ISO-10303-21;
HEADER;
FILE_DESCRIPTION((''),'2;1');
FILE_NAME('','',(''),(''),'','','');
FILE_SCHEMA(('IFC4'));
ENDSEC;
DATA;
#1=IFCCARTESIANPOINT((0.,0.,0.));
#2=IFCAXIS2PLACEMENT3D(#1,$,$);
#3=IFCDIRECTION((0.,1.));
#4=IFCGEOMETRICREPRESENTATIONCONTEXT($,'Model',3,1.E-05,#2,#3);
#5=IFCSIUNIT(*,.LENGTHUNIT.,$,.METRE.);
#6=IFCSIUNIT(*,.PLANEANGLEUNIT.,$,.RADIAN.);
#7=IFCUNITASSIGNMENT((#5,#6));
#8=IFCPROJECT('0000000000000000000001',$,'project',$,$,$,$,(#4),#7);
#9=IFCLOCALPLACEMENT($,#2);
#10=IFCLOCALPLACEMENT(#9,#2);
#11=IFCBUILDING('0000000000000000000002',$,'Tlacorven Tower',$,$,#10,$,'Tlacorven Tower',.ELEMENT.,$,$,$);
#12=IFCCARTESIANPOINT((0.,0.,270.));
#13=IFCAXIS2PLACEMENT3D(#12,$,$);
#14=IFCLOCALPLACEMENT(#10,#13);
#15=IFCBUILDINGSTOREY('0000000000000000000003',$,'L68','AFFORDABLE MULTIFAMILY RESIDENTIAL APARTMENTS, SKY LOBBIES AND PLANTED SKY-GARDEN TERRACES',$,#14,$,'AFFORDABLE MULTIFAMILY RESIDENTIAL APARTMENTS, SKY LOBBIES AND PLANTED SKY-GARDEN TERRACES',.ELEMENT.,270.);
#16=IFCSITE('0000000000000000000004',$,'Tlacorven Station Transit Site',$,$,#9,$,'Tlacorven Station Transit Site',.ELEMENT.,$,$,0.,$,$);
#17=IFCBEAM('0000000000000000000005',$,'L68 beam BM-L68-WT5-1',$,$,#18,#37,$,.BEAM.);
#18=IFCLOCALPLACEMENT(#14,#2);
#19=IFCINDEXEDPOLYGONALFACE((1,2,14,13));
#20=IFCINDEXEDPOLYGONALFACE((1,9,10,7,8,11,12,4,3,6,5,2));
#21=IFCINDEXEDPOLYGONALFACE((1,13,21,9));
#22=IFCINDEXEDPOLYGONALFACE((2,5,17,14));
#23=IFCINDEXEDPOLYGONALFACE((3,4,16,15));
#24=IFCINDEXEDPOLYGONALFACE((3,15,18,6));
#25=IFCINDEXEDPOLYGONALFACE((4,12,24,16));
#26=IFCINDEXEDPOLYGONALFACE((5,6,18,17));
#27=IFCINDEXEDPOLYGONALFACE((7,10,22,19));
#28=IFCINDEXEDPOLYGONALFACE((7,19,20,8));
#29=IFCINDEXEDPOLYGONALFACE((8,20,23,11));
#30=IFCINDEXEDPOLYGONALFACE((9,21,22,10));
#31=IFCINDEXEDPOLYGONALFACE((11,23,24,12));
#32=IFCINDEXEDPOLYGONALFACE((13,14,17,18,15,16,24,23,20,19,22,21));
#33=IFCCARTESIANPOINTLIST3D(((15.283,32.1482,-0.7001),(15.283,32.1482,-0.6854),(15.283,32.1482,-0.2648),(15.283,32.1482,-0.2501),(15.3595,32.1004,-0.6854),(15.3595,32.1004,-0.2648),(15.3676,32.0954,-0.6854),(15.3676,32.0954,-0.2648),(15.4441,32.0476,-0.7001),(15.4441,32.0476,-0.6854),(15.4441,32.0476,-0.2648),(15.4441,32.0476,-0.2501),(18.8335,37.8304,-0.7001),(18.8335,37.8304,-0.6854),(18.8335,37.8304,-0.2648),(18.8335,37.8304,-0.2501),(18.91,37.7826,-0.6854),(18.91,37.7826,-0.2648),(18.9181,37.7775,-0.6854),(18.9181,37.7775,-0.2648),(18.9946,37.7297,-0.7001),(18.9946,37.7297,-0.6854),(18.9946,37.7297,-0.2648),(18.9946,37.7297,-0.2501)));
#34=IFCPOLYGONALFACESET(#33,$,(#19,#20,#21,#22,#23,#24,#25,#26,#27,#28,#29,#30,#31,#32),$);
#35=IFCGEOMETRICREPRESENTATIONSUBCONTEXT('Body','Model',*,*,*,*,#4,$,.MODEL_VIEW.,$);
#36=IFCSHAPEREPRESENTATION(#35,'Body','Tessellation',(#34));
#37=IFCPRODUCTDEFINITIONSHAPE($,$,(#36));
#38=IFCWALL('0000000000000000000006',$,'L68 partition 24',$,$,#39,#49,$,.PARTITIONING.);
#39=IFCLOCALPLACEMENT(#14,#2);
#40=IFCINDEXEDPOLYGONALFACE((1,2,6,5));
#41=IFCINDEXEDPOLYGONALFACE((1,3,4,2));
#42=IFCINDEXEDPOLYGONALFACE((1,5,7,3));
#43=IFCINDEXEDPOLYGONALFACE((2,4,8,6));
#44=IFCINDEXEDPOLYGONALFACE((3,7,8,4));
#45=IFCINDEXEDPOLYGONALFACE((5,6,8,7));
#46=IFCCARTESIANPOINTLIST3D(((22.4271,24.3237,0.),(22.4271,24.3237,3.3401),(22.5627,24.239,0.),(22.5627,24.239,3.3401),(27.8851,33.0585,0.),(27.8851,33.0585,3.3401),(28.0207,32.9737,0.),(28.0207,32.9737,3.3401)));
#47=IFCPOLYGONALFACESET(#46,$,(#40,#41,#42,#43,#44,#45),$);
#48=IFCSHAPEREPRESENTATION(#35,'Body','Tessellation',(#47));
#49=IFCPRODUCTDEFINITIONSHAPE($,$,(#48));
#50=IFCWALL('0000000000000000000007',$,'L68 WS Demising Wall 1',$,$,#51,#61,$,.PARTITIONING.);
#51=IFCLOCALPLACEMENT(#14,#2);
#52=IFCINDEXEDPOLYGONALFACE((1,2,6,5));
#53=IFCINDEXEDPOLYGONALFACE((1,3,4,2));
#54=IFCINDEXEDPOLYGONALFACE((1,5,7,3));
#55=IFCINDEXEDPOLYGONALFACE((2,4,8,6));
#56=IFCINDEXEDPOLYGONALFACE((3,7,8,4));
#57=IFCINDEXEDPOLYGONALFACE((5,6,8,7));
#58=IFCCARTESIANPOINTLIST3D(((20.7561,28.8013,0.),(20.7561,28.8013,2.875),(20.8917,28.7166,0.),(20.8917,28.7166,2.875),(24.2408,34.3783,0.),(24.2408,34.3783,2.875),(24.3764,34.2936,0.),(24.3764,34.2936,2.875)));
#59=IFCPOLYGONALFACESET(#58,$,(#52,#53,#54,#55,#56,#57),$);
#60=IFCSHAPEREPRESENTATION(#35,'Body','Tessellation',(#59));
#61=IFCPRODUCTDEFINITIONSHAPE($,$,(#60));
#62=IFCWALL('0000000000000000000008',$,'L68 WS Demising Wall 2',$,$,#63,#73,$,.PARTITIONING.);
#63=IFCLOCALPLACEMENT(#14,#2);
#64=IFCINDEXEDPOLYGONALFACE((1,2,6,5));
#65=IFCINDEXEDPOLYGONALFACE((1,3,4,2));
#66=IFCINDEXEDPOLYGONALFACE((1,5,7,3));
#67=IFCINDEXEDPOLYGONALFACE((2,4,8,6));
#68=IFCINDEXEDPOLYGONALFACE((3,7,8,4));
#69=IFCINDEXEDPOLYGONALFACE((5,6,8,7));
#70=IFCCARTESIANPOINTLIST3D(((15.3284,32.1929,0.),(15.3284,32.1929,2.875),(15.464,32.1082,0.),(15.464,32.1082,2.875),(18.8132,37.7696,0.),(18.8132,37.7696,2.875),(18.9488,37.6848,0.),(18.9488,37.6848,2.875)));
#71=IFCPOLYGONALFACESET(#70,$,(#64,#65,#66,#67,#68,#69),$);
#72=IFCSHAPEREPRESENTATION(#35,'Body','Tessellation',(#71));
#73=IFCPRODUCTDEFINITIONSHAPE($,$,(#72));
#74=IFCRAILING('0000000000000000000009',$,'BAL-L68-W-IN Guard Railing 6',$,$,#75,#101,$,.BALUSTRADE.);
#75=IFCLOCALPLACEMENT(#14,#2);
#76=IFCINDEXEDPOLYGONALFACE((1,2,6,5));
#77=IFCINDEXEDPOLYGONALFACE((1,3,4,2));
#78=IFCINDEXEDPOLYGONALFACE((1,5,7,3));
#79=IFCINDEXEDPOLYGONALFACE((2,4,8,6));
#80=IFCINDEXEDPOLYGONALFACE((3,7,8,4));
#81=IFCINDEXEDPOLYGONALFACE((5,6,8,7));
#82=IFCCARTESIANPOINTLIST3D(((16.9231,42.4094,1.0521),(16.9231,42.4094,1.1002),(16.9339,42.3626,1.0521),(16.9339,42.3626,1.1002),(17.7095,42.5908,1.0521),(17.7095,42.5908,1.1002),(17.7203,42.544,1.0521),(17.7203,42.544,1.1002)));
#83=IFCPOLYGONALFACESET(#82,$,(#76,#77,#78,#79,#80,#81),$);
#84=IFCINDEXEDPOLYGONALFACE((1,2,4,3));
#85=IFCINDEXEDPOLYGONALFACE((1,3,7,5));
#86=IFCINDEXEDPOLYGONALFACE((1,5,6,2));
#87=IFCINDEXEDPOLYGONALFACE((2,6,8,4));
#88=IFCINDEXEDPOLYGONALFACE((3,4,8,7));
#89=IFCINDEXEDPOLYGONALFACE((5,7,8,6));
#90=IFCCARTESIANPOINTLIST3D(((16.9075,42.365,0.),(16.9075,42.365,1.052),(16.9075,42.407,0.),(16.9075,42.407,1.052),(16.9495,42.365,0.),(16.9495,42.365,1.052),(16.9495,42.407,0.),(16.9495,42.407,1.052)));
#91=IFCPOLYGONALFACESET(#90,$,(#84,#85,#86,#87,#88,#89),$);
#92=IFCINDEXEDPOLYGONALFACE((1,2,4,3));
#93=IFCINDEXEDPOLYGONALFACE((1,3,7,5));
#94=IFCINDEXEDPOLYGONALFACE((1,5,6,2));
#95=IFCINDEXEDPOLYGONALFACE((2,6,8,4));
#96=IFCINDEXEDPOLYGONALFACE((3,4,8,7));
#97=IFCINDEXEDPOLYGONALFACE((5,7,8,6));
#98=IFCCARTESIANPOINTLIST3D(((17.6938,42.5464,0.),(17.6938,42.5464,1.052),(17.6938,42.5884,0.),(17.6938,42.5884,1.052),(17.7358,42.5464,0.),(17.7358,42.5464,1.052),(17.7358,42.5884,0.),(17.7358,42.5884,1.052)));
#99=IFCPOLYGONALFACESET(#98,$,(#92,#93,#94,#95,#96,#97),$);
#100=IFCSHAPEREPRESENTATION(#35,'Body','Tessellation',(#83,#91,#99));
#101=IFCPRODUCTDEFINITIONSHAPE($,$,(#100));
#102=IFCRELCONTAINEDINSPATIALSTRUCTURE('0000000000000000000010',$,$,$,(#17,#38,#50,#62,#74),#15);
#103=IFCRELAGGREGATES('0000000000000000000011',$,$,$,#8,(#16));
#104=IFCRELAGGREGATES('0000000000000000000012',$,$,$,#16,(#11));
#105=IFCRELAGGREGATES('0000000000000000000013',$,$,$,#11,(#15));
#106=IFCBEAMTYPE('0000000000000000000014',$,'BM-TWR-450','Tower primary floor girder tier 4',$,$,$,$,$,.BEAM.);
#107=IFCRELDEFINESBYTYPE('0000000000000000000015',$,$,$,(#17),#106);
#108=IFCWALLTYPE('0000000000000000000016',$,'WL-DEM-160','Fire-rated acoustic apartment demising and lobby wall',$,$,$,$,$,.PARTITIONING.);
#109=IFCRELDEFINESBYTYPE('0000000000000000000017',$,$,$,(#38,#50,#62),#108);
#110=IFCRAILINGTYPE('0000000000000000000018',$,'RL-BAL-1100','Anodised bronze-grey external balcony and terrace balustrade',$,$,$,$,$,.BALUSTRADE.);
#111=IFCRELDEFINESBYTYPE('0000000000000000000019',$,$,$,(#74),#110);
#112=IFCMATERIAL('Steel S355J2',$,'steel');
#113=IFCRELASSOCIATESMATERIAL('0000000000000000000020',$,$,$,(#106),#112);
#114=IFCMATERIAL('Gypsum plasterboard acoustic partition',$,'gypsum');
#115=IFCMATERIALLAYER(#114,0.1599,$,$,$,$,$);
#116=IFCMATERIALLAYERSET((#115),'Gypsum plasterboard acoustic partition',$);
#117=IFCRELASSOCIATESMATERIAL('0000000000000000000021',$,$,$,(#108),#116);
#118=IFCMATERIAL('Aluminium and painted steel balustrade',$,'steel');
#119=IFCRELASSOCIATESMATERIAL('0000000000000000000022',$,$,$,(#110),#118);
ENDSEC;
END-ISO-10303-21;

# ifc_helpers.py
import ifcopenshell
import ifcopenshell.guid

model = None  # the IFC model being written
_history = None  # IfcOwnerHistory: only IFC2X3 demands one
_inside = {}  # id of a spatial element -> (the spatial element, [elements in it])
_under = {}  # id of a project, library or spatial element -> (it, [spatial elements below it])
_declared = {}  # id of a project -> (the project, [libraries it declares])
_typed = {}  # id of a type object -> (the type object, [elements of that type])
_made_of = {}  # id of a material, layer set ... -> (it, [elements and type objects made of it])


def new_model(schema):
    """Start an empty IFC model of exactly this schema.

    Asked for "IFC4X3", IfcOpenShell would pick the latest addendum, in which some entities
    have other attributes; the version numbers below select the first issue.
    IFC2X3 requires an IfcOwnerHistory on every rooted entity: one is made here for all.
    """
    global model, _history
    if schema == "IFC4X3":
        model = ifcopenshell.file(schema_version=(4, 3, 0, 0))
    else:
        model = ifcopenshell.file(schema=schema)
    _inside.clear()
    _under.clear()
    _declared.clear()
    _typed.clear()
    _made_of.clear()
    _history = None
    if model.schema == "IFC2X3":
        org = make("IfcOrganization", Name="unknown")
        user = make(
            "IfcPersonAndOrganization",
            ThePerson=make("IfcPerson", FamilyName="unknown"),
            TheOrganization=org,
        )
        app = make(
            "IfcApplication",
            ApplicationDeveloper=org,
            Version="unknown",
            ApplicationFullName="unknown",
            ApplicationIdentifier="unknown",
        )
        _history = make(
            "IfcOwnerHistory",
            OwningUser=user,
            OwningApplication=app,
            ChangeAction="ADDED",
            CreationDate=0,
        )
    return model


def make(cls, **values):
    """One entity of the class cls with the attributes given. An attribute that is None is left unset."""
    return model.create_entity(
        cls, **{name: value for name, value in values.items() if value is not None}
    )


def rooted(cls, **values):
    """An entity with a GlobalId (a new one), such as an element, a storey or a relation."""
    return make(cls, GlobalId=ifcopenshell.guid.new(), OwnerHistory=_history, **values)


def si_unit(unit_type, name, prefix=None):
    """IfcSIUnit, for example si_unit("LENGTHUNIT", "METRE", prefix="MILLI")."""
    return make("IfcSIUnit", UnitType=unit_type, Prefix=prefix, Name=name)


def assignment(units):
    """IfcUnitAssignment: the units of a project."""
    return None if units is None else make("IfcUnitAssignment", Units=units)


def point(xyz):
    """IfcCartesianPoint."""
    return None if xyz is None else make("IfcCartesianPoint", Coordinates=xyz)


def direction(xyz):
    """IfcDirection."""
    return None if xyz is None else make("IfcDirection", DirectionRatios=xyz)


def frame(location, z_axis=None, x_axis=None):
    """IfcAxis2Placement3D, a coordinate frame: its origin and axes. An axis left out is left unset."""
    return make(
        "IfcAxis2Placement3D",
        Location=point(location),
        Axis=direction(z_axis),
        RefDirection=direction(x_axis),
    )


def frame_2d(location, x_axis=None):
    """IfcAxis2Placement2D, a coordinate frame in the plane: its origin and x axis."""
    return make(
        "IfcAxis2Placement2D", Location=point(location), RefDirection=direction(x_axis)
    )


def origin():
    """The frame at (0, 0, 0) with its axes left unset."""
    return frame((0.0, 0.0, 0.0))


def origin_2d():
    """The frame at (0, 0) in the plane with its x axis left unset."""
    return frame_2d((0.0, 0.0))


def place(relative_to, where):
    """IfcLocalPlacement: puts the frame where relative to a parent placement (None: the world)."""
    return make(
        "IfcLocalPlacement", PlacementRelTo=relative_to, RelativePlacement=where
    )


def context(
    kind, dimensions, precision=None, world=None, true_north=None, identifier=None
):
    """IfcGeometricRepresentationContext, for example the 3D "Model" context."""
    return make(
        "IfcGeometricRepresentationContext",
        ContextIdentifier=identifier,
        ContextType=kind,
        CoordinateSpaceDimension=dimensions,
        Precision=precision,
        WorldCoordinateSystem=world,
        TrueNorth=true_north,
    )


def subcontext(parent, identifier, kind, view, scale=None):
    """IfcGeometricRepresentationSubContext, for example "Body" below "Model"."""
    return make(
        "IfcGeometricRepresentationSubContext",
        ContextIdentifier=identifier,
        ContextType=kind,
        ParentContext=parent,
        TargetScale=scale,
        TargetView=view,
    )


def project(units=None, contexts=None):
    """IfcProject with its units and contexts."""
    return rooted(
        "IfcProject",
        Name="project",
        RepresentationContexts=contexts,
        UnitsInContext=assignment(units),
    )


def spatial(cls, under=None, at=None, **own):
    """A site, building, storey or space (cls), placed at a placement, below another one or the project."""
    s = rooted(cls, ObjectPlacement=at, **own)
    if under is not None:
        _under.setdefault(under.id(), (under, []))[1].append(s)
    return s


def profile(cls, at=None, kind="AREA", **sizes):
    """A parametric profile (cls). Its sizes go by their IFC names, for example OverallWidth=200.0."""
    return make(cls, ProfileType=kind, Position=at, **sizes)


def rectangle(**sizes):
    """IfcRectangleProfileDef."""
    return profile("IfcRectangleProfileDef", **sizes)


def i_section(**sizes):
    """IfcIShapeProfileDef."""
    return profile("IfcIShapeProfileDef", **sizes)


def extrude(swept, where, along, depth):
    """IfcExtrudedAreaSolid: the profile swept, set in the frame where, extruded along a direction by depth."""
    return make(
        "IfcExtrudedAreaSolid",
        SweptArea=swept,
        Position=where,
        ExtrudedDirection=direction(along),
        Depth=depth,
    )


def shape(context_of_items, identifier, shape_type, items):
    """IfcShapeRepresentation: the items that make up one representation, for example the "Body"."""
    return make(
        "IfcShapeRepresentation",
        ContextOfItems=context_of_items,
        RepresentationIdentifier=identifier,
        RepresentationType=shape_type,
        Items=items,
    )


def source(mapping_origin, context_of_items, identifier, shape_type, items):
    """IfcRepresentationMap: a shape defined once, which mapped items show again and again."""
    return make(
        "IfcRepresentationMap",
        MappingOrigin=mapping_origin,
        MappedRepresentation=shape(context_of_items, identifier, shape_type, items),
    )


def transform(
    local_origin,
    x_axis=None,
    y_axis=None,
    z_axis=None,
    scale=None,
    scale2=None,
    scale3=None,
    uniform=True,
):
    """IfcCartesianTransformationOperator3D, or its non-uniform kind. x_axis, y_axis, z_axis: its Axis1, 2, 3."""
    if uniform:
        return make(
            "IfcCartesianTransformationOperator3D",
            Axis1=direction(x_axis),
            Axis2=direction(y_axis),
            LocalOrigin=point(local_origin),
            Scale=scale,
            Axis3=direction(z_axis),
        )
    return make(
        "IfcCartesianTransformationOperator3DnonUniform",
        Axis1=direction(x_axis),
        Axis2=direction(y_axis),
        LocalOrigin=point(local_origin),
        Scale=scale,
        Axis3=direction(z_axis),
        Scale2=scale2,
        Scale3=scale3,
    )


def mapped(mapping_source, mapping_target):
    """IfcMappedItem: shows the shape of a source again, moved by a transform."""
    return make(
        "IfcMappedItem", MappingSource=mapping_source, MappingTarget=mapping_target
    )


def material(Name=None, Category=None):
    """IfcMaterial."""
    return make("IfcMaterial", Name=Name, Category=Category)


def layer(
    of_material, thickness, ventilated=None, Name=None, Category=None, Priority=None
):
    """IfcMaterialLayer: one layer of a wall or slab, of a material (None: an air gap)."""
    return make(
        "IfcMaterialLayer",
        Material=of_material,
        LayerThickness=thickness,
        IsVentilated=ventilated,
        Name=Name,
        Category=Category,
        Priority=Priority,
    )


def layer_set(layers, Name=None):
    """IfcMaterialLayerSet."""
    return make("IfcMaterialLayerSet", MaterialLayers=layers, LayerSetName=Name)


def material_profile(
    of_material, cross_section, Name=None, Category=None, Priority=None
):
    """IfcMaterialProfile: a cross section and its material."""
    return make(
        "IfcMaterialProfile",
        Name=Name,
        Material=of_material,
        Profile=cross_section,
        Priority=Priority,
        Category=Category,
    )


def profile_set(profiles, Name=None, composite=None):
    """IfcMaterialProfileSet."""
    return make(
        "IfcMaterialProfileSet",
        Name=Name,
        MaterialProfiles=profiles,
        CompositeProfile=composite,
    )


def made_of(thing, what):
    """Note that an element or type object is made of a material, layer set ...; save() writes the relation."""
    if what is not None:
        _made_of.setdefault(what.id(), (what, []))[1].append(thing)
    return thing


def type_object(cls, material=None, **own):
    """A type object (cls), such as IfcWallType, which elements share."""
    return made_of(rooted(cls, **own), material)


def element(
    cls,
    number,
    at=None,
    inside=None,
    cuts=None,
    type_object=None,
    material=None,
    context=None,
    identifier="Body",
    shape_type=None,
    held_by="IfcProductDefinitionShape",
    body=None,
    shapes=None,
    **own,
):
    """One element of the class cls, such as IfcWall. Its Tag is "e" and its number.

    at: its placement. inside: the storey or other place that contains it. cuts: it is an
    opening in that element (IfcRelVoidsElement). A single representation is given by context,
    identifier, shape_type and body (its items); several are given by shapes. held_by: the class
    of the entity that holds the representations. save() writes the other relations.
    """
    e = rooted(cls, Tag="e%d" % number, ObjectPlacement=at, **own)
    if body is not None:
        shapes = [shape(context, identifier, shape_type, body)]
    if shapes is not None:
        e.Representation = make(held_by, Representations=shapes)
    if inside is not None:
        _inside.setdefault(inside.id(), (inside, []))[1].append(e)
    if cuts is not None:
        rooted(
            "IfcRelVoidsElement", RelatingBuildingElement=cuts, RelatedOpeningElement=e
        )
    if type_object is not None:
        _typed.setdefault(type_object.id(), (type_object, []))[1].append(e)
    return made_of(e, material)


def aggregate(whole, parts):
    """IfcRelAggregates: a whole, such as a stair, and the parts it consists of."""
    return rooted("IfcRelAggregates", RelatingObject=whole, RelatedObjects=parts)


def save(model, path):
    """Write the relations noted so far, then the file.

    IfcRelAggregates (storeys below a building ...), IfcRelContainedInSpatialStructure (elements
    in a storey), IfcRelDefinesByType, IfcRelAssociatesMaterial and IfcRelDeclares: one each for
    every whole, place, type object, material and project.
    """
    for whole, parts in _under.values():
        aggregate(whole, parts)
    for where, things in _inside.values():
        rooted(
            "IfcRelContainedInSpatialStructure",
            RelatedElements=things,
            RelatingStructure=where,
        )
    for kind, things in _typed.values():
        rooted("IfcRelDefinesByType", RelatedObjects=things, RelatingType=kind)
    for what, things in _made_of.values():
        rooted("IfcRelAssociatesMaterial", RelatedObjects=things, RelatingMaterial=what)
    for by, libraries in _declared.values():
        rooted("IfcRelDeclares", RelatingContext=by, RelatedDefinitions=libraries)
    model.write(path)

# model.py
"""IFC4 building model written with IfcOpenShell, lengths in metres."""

from ifc_helpers import new_model, si_unit, direction, frame, frame_2d, origin, origin_2d, place, context, subcontext, project, spatial, rectangle, i_section, extrude, source, transform, mapped, material, layer, layer_set, material_profile, profile_set, type_object, element, save


model = new_model("IFC4")

# Units and contexts
model_context = context("Model", 3, precision=1e-05, world=origin(), true_north=direction((0.0, 1.0)))
body_context = subcontext(model_context, "Body", "Model", "MODEL_VIEW")
ifc_project = project(units=[si_unit("LENGTHUNIT", "METRE"), si_unit("PLANEANGLEUNIT", "RADIAN")], contexts=[model_context])

# Site, building, storey
site_placement = place(None, origin())
site = spatial("IfcSite", under=ifc_project, at=site_placement, Name="Tlacorven Station Transit Site", LongName="Tlacorven Station Transit Site", CompositionType="ELEMENT", RefElevation=0.0)
building_placement = place(site_placement, origin())
building = spatial("IfcBuilding", under=site, at=building_placement, Name="Tlacorven Tower", LongName="Tlacorven Tower", CompositionType="ELEMENT")
storey_placement = place(building_placement, frame((0.0, 0.0, 270.0)))
storey = spatial("IfcBuildingStorey", under=building, at=storey_placement, Name="L68", Description="AFFORDABLE MULTIFAMILY RESIDENTIAL APARTMENTS, SKY LOBBIES AND PLANTED SKY-GARDEN TERRACES", LongName="AFFORDABLE MULTIFAMILY RESIDENTIAL APARTMENTS, SKY LOBBIES AND PLANTED SKY-GARDEN TERRACES", CompositionType="ELEMENT", Elevation=270.0)

# Beam
ifc_material_1 = material(Name="Steel S355J2", Category="steel")
ifc_material_profile_1 = material_profile(ifc_material_1, i_section(OverallWidth=0.1899, OverallDepth=0.45, WebThickness=0.0095, FlangeThickness=0.0146, at=origin_2d()), Name="IPE 450")
ifc_profile_set_1 = profile_set([ifc_material_profile_1], Name="Steel S355J2")
beam_type_1 = type_object("IfcBeamType", Name="BM-TWR-450", Description="Tower primary floor girder tier 4", PredefinedType="BEAM", material=ifc_profile_set_1)
shared_shape_1 = source(origin(), body_context, "Body", "SweptSolid", [
    extrude(i_section(OverallWidth=0.1899, OverallDepth=0.45, WebThickness=0.0095, FlangeThickness=0.0146, at=origin_2d()), origin(), (0.0, 0.0, 1.0), 6.7002),
])
beam_1_placement = place(storey_placement, frame((18.9141, 37.78, -0.4751), z_axis=(-0.529914, -0.848052, 0.0), x_axis=(0.848052, -0.529914, 0.0)))
element("IfcBeam", 1, at=beam_1_placement, inside=storey, type_object=beam_type_1, Name="L68 beam BM-L68-WT5-1", PredefinedType="BEAM", context=body_context, shape_type="MappedRepresentation", body=[
    mapped(shared_shape_1, transform((0.0, 0.0, 0.0), scale=1.0)),
])

# Walls
ifc_material_2 = material(Name="Gypsum plasterboard acoustic partition", Category="gypsum")
ifc_layer_1 = layer(ifc_material_2, 0.1599)
ifc_layer_set_1 = layer_set([ifc_layer_1], Name="Gypsum plasterboard acoustic partition")
wall_type = type_object("IfcWallType", Name="WL-DEM-160", Description="Fire-rated acoustic apartment demising and lobby wall", PredefinedType="PARTITIONING", material=ifc_layer_set_1)
wall_1_placement = place(storey_placement, frame((27.9529, 33.0161, 0.0), z_axis=(0.0, 0.0, 1.0), x_axis=(-0.529909, -0.848054, 0.0)))
element("IfcWall", 2, at=wall_1_placement, inside=storey, type_object=wall_type, Name="L68 partition 24", PredefinedType="PARTITIONING", context=body_context, shape_type="SweptSolid", body=[
    extrude(rectangle(XDim=10.2998, YDim=0.1599, at=frame_2d((5.1499, 0.0))), origin(), (0.0, 0.0, 1.0), 3.3401),
])
wall_2_placement = place(storey_placement, frame((24.3086, 34.3359, 0.0), z_axis=(0.0, 0.0, 1.0), x_axis=(-0.529895, -0.848063, 0.0)))
element("IfcWall", 3, at=wall_2_placement, inside=storey, type_object=wall_type, Name="L68 WS Demising Wall 1", PredefinedType="PARTITIONING", context=body_context, shape_type="SweptSolid", body=[
    extrude(rectangle(XDim=6.5762, YDim=0.1599, at=frame_2d((3.2881, 0.0))), origin(), (0.0, 0.0, 1.0), 2.875),
])
wall_3_placement = place(storey_placement, frame((18.8811, 37.7273, 0.0), z_axis=(0.0, 0.0, 1.0), x_axis=(-0.529939, -0.848036, 0.0)))
element("IfcWall", 4, at=wall_3_placement, inside=storey, type_object=wall_type, Name="L68 WS Demising Wall 2", PredefinedType="PARTITIONING", context=body_context, shape_type="SweptSolid", body=[
    extrude(rectangle(XDim=6.5759, YDim=0.1599, at=frame_2d((3.2881, 0.0))), origin(), (0.0, 0.0, 1.0), 2.875),
])

# Railing
ifc_material_3 = material(Name="Aluminium and painted steel balustrade", Category="steel")
railing_type = type_object("IfcRailingType", Name="RL-BAL-1100", Description="Anodised bronze-grey external balcony and terrace balustrade", PredefinedType="BALUSTRADE", material=ifc_material_3)
shared_shape_2 = source(origin(), body_context, "Body", "SweptSolid", [
    extrude(rectangle(XDim=0.0481, YDim=0.0481, at=origin_2d()), frame((0.0, 0.0, 1.0762), z_axis=(0.974412, 0.224771, 0.0), x_axis=(-0.224771, 0.974412, 0.0)), (0.0, 0.0, 1.0), 0.8071),
    extrude(rectangle(XDim=0.042, YDim=0.042, at=origin_2d()), origin(), (0.0, 0.0, 1.0), 1.052),
    extrude(rectangle(XDim=0.042, YDim=0.042, at=origin_2d()), frame((0.7864, 0.1814, 0.0)), (0.0, 0.0, 1.0), 1.052),
])
railing_1_placement = place(storey_placement, frame((16.9285, 42.386, 0.0)))
element("IfcRailing", 5, at=railing_1_placement, inside=storey, type_object=railing_type, Name="BAL-L68-W-IN Guard Railing 6", PredefinedType="BALUSTRADE", context=body_context, shape_type="MappedRepresentation", body=[
    mapped(shared_shape_2, transform((0.0, 0.0, 0.0), scale=1.0)),
])

save(model, "model.ifc")
